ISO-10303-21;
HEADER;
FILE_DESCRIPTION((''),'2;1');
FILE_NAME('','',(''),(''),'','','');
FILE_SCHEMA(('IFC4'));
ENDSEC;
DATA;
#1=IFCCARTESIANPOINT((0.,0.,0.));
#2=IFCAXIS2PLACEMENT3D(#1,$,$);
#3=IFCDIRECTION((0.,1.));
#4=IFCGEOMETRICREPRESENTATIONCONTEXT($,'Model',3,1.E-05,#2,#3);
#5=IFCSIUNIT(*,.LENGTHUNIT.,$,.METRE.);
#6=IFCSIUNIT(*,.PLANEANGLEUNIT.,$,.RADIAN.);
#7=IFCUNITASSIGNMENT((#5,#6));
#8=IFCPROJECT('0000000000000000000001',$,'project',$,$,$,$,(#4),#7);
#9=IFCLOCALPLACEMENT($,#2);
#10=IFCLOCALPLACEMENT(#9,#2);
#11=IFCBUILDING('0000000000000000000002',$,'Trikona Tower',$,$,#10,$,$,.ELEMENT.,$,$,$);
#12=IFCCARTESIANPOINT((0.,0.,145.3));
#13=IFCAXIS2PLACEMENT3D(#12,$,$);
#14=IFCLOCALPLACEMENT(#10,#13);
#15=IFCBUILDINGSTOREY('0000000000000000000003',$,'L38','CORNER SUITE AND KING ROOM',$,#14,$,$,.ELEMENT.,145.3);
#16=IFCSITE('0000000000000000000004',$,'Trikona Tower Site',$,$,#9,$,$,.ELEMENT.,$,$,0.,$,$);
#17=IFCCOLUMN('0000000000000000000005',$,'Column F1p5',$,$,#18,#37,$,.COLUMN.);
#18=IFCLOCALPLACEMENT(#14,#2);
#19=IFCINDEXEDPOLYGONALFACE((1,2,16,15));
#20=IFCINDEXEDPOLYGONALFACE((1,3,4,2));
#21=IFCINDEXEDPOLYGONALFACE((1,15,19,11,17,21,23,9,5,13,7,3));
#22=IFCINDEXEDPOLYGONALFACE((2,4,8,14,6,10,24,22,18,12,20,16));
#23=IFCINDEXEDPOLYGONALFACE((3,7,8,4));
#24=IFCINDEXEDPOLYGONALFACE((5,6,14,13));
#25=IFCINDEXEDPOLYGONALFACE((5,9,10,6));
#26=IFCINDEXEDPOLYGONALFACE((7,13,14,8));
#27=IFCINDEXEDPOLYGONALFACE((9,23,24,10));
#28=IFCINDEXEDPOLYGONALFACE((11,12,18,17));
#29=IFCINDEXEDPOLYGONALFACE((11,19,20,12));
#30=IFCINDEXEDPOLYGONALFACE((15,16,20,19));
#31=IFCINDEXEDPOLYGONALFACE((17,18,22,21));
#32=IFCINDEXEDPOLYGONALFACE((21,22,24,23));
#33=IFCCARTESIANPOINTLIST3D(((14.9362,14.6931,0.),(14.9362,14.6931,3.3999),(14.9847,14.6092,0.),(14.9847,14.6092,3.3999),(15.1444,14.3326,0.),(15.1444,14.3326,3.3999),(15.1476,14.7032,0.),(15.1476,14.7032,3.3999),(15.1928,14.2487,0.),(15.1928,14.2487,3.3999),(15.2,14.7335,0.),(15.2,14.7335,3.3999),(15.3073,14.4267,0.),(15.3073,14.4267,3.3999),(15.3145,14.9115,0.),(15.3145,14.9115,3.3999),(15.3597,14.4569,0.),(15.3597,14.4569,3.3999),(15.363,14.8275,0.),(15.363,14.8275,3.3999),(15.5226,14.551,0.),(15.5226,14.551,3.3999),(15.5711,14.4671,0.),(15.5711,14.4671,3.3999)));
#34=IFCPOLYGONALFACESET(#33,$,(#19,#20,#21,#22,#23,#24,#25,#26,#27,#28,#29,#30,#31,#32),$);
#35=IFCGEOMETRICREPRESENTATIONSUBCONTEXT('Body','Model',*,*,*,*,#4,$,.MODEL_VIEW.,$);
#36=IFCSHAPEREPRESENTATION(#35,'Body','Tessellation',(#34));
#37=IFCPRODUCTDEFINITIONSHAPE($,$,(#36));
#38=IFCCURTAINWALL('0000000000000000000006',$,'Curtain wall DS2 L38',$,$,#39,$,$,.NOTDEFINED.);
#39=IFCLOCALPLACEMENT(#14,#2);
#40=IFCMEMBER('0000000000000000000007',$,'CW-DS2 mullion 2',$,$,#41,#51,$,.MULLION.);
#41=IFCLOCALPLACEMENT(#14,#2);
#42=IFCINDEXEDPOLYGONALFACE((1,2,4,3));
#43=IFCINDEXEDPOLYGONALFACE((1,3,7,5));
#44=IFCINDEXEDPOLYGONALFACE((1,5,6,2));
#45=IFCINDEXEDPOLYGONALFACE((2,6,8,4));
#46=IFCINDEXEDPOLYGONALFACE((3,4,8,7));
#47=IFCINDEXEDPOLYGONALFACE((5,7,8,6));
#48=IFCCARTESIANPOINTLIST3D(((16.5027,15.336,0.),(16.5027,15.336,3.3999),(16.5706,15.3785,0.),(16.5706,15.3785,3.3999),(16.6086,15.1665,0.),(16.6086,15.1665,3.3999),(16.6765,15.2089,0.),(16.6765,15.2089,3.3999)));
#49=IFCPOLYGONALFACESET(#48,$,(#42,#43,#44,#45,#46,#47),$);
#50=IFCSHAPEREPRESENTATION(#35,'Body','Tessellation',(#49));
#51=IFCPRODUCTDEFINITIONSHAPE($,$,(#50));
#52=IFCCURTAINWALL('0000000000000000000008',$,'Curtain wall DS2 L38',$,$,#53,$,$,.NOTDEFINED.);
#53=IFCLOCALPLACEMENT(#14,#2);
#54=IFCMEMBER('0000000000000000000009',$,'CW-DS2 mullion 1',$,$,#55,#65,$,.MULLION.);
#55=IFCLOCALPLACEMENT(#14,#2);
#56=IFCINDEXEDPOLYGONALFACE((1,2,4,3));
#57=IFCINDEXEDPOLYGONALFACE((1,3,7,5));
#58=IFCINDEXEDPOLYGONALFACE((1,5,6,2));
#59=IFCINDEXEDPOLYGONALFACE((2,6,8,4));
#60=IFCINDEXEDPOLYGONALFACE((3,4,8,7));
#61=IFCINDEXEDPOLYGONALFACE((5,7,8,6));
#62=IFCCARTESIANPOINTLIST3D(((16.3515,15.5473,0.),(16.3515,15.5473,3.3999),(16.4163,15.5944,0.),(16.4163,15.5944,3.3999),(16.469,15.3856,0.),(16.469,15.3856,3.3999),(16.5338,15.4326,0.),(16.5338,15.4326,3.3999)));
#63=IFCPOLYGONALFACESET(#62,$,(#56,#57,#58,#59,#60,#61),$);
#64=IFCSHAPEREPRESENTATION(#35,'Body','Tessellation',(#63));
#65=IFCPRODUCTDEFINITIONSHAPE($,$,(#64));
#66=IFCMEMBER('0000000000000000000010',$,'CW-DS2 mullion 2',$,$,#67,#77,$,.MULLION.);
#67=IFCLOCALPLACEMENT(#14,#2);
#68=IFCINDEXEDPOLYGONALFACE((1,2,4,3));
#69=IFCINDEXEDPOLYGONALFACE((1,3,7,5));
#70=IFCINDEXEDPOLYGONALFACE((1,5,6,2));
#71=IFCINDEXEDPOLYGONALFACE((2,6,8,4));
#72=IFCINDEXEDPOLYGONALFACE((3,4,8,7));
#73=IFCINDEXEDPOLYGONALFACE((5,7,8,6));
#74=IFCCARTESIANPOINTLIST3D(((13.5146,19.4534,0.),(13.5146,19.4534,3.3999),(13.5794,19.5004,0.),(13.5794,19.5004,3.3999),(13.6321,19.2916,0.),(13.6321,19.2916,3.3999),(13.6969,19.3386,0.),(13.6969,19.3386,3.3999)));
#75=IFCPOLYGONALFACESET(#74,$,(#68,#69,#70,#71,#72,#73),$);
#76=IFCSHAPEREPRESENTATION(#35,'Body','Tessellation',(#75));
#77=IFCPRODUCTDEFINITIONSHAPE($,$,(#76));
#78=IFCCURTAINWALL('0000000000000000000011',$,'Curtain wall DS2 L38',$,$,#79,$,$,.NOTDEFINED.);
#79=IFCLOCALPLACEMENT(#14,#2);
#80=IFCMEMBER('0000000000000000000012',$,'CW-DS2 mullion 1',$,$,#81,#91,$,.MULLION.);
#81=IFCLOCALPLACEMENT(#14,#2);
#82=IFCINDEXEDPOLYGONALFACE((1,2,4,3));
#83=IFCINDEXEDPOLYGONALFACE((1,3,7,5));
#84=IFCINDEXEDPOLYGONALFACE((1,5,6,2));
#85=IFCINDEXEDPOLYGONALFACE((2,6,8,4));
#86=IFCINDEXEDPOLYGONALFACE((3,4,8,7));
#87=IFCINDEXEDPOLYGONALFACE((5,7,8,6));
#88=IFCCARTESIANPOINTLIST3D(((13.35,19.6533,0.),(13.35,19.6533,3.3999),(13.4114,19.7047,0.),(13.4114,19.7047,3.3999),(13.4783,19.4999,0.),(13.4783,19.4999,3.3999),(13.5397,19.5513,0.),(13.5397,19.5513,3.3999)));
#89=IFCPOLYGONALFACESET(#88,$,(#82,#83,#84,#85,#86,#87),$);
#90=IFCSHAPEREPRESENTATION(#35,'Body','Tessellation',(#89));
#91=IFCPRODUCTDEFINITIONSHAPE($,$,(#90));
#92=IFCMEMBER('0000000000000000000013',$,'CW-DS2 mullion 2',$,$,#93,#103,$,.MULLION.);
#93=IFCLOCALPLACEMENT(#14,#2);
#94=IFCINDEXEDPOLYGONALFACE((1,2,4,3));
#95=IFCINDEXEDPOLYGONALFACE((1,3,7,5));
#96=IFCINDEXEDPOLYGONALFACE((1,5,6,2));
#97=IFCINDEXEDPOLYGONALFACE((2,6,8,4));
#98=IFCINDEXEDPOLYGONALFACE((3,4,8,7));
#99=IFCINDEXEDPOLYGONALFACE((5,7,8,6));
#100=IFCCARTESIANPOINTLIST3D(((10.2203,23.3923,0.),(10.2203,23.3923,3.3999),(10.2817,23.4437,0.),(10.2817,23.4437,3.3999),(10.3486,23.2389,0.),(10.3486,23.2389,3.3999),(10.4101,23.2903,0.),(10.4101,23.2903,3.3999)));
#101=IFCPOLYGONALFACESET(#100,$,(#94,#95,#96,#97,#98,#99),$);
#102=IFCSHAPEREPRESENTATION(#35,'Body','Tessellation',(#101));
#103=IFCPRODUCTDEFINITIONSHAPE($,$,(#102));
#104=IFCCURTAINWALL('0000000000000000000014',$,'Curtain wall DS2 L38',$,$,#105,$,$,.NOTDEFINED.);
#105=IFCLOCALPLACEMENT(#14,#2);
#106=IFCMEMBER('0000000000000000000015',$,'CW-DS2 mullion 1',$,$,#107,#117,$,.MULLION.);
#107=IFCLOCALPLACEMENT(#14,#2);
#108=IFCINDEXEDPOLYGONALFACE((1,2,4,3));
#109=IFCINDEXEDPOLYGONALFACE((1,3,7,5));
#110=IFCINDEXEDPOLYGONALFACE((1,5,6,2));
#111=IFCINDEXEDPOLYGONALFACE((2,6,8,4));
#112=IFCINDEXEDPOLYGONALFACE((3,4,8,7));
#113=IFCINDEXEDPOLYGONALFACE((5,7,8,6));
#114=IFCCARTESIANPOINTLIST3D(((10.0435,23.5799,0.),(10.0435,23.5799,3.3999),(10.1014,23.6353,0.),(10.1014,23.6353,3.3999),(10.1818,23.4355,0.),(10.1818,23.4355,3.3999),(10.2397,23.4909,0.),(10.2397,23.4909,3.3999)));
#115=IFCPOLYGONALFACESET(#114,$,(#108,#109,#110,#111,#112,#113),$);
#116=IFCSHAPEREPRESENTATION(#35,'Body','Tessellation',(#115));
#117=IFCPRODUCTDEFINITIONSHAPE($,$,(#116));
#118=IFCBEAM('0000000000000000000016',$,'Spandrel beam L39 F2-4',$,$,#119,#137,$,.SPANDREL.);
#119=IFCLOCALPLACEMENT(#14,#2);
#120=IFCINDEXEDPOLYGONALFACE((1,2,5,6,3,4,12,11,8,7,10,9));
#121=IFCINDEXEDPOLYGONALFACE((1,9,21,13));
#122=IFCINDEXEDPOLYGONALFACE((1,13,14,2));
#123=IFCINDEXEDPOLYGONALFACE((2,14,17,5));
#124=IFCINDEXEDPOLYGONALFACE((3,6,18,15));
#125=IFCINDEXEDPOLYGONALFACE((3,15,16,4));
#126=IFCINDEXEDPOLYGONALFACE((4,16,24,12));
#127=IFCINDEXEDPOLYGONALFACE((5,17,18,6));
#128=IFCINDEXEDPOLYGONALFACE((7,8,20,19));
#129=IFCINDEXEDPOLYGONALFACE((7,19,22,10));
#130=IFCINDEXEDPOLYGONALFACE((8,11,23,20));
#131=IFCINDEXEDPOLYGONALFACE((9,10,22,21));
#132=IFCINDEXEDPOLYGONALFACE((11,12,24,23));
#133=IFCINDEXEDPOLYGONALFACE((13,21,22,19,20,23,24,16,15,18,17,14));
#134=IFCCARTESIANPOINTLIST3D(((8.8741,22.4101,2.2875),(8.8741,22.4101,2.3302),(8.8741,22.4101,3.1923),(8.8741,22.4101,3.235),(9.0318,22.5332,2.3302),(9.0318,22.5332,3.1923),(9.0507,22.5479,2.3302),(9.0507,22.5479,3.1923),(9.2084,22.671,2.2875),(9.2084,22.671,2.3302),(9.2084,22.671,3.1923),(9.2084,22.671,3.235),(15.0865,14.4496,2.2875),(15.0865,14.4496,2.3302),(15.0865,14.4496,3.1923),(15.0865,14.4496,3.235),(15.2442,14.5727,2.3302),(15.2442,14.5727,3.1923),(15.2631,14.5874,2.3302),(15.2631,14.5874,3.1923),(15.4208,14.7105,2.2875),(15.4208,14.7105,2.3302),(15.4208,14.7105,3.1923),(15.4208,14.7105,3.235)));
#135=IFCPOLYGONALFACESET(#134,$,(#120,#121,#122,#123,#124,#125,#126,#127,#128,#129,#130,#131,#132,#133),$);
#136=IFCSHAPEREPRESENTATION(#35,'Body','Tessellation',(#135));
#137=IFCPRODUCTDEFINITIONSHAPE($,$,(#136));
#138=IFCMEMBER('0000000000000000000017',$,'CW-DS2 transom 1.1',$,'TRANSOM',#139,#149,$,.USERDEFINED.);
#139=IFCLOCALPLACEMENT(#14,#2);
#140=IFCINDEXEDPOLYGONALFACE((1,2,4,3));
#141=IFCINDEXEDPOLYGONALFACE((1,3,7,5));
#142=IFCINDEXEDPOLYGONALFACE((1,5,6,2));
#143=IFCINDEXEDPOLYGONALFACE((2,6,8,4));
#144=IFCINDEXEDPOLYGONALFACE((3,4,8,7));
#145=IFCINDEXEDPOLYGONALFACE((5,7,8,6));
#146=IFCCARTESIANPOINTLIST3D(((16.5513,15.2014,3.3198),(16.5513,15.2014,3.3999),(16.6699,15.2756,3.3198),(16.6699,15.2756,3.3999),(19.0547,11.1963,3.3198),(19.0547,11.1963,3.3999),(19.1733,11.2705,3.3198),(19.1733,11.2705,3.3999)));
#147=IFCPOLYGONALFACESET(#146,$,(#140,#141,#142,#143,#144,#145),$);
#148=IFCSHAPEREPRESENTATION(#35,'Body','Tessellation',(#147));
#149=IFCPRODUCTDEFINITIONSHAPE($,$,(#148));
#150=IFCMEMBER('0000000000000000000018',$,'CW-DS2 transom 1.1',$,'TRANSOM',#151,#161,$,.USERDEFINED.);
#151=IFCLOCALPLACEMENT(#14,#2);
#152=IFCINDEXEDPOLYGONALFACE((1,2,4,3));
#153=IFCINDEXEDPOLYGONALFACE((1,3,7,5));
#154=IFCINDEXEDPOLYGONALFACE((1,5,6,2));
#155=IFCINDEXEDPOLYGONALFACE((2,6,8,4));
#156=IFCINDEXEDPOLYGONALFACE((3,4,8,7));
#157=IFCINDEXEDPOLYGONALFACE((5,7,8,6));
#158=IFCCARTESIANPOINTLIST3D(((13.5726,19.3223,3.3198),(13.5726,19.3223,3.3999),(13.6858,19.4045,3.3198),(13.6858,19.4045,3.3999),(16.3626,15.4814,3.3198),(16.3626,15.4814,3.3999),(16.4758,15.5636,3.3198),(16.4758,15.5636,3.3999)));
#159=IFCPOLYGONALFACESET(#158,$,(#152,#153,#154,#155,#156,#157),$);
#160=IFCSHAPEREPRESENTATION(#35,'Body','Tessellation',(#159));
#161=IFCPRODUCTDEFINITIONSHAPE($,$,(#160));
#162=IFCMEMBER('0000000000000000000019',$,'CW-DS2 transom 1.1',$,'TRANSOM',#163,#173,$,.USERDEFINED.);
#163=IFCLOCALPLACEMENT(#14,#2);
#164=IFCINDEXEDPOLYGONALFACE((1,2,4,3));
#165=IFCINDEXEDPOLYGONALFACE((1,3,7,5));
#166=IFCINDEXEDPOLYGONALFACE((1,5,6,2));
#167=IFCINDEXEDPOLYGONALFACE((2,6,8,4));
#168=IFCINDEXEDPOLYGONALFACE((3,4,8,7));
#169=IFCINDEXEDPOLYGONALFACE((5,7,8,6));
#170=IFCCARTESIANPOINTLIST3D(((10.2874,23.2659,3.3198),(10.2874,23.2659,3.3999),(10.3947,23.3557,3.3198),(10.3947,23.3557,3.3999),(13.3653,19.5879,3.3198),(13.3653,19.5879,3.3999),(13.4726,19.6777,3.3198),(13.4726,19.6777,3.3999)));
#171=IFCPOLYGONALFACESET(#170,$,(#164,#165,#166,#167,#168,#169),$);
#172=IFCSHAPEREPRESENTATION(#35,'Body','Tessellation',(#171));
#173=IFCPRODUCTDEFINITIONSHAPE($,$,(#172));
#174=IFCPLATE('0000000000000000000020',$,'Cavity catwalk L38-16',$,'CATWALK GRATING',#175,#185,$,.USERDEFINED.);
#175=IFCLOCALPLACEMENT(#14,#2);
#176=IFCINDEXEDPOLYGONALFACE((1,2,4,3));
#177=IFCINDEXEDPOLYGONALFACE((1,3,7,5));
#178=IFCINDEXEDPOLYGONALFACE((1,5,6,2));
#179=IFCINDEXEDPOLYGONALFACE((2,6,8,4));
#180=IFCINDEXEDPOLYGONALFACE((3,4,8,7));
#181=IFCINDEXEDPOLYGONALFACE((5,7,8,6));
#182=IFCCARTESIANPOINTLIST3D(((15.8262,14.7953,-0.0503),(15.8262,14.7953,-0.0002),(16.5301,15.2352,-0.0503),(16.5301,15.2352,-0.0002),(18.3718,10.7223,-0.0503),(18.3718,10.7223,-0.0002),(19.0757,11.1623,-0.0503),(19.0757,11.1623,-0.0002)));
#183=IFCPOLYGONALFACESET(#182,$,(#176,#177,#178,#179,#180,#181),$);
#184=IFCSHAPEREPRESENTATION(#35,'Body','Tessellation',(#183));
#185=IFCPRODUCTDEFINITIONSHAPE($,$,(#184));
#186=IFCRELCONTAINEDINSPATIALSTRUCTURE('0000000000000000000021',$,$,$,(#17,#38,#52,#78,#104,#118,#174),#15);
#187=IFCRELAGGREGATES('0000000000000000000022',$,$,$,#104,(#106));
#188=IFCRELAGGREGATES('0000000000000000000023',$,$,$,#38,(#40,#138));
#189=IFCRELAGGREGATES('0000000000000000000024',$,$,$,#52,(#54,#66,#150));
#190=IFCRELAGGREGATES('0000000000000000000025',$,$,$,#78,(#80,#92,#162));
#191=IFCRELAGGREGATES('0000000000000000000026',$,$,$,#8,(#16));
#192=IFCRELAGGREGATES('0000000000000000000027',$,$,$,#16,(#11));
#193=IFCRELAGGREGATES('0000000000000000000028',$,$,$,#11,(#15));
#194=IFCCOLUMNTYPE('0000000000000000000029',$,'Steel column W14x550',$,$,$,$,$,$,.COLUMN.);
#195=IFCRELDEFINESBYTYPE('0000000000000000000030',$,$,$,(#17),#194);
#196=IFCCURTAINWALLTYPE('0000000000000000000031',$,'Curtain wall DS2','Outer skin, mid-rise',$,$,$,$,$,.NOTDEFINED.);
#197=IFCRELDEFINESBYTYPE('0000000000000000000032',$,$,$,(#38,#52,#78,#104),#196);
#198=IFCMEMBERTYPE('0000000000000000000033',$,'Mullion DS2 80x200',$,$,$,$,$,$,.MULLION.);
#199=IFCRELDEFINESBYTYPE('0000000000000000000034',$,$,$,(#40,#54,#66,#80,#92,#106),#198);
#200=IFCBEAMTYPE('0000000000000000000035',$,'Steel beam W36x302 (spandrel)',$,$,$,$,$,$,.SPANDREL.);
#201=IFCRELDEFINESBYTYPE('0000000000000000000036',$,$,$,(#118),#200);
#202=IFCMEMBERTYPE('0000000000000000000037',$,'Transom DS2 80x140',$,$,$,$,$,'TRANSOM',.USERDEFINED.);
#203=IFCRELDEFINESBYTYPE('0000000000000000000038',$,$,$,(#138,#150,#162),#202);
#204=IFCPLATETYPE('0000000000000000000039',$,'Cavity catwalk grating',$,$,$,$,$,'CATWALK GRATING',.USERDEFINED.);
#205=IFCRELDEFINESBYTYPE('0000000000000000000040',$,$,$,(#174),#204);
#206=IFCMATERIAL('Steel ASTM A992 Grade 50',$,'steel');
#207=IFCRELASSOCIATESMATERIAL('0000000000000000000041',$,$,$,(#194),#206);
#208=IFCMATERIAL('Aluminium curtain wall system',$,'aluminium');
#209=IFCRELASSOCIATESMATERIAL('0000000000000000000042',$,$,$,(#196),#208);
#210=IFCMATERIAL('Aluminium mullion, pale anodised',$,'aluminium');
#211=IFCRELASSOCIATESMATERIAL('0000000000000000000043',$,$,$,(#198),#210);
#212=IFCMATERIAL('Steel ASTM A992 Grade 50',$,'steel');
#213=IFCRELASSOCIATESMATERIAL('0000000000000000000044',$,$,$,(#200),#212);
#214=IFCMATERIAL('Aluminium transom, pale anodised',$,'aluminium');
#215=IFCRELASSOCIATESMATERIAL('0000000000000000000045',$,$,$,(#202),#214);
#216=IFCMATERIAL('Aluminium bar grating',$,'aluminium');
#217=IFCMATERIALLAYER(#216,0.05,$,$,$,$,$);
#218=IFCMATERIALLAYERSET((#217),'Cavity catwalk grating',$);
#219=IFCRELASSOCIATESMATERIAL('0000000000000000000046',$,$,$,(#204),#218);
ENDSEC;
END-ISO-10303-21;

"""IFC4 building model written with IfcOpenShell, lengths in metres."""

from ifc_helpers import new_model, si_unit, direction, frame, origin, origin_2d, place, context, subcontext, project, spatial, rectangle, i_section, extrude, material, layer, layer_set, material_profile, profile_set, type_object, element, aggregate, save


model = new_model("IFC4")

# Units and contexts
model_context = context("Model", 3, precision=1e-05, world=origin(), true_north=direction((0.0, 1.0)))
body_context = subcontext(model_context, "Body", "Model", "MODEL_VIEW")
ifc_project = project(units=[si_unit("LENGTHUNIT", "METRE"), si_unit("PLANEANGLEUNIT", "RADIAN")], contexts=[model_context])

# Site, building, storey
site_placement = place(None, origin())
site = spatial("IfcSite", under=ifc_project, at=site_placement, Name="Trikona Tower Site", CompositionType="ELEMENT", RefElevation=0.0)
building_placement = place(site_placement, origin())
building = spatial("IfcBuilding", under=site, at=building_placement, Name="Trikona Tower", CompositionType="ELEMENT")
storey_placement = place(building_placement, frame((0.0, 0.0, 145.3)))
storey = spatial("IfcBuildingStorey", under=building, at=storey_placement, Name="L38", Description="CORNER SUITE AND KING ROOM", CompositionType="ELEMENT", Elevation=145.3)

# Column
ifc_material_1 = material(Name="Steel ASTM A992 Grade 50", Category="steel")
ifc_material_profile_1 = material_profile(ifc_material_1, i_section(OverallWidth=0.4368, OverallDepth=0.5132, WebThickness=0.0605, FlangeThickness=0.0969, at=origin_2d()), Name="W14X550")
ifc_profile_set_1 = profile_set([ifc_material_profile_1], Name="Steel ASTM A992 Grade 50")
column_type = type_object("IfcColumnType", Name="Steel column W14x550", PredefinedType="COLUMN", material=ifc_profile_set_1)
column_placement = place(storey_placement, frame((15.2537, 14.5801, 0.0), z_axis=(0.0, 0.0, 1.0), x_axis=(0.866025, 0.5, 0.0)))
element("IfcColumn", 1, at=column_placement, inside=storey, type_object=column_type, Name="Column F1p5", PredefinedType="COLUMN", context=body_context, shape_type="SweptSolid", body=[
    extrude(i_section(OverallWidth=0.4368, OverallDepth=0.5132, WebThickness=0.0605, FlangeThickness=0.0969, at=origin_2d()), origin(), (0.0, 0.0, 1.0), 3.3999),
])

# Curtain wall, member
ifc_material_2 = material(Name="Aluminium curtain wall system", Category="aluminium")
curtain_wall_type = type_object("IfcCurtainWallType", Name="Curtain wall DS2", Description="Outer skin, mid-rise", PredefinedType="NOTDEFINED", material=ifc_material_2)
curtain_wall_1_placement = place(storey_placement, origin())
curtain_wall_1 = element("IfcCurtainWall", 2, at=curtain_wall_1_placement, inside=storey, type_object=curtain_wall_type, Name="Curtain wall DS2 L38", PredefinedType="NOTDEFINED")
ifc_material_3 = material(Name="Aluminium mullion, pale anodised", Category="aluminium")
ifc_material_profile_2 = material_profile(ifc_material_3, rectangle(XDim=0.0801, YDim=0.2, at=origin_2d()), Name="MUL-DS2")
ifc_profile_set_2 = profile_set([ifc_material_profile_2], Name="Aluminium mullion, pale anodised")
member_type_1 = type_object("IfcMemberType", Name="Mullion DS2 80x200", PredefinedType="MULLION", material=ifc_profile_set_2)
member_1_placement = place(storey_placement, frame((16.5896, 15.2725, 0.0), z_axis=(0.0, 0.0, 1.0), x_axis=(-0.847998, -0.529999, 0.0)))
member_1 = element("IfcMember", 3, at=member_1_placement, type_object=member_type_1, Name="CW-DS2 mullion 2", PredefinedType="MULLION", context=body_context, shape_type="SweptSolid", body=[
    extrude(rectangle(XDim=0.0801, YDim=0.2, at=origin_2d()), origin(), (0.0, 0.0, 1.0), 3.3999),
])

# Curtain walls, members
curtain_wall_2_placement = place(storey_placement, origin())
curtain_wall_2 = element("IfcCurtainWall", 4, at=curtain_wall_2_placement, inside=storey, type_object=curtain_wall_type, Name="Curtain wall DS2 L38", PredefinedType="NOTDEFINED")
member_2_placement = place(storey_placement, frame((16.4426, 15.49, 0.0), z_axis=(0.0, 0.0, 1.0), x_axis=(-0.809086, -0.587691, 0.0)))
member_2 = element("IfcMember", 5, at=member_2_placement, type_object=member_type_1, Name="CW-DS2 mullion 1", PredefinedType="MULLION", context=body_context, shape_type="SweptSolid", body=[
    extrude(rectangle(XDim=0.0801, YDim=0.2, at=origin_2d()), origin(), (0.0, 0.0, 1.0), 3.3999),
])
member_3_placement = place(storey_placement, frame((13.6057, 19.396, 0.0), z_axis=(0.0, 0.0, 1.0), x_axis=(-0.809086, -0.587691, 0.0)))
member_3 = element("IfcMember", 6, at=member_3_placement, type_object=member_type_1, Name="CW-DS2 mullion 2", PredefinedType="MULLION", context=body_context, shape_type="SweptSolid", body=[
    extrude(rectangle(XDim=0.0801, YDim=0.2, at=origin_2d()), origin(), (0.0, 0.0, 1.0), 3.3999),
])
curtain_wall_3_placement = place(storey_placement, origin())
curtain_wall_3 = element("IfcCurtainWall", 7, at=curtain_wall_3_placement, inside=storey, type_object=curtain_wall_type, Name="Curtain wall DS2 L38", PredefinedType="NOTDEFINED")
member_4_placement = place(storey_placement, frame((13.4448, 19.6023, 0.0), z_axis=(0.0, 0.0, 1.0), x_axis=(-0.766867, -0.641806, 0.0)))
member_4 = element("IfcMember", 8, at=member_4_placement, type_object=member_type_1, Name="CW-DS2 mullion 1", PredefinedType="MULLION", context=body_context, shape_type="SweptSolid", body=[
    extrude(rectangle(XDim=0.0801, YDim=0.2, at=origin_2d()), origin(), (0.0, 0.0, 1.0), 3.3999),
])
member_5_placement = place(storey_placement, frame((10.3152, 23.3413, 0.0), z_axis=(0.0, 0.0, 1.0), x_axis=(-0.766867, -0.641806, 0.0)))
member_5 = element("IfcMember", 9, at=member_5_placement, type_object=member_type_1, Name="CW-DS2 mullion 2", PredefinedType="MULLION", context=body_context, shape_type="SweptSolid", body=[
    extrude(rectangle(XDim=0.0801, YDim=0.2, at=origin_2d()), origin(), (0.0, 0.0, 1.0), 3.3999),
])

# Curtain wall, member
curtain_wall_4_placement = place(storey_placement, origin())
curtain_wall_4 = element("IfcCurtainWall", 10, at=curtain_wall_4_placement, inside=storey, type_object=curtain_wall_type, Name="Curtain wall DS2 L38", PredefinedType="NOTDEFINED")
member_6_placement = place(storey_placement, frame((10.1416, 23.5354, 0.0), z_axis=(0.0, 0.0, 1.0), x_axis=(-0.722158, -0.691728, 0.0)))
member_6 = element("IfcMember", 11, at=member_6_placement, type_object=member_type_1, Name="CW-DS2 mullion 1", PredefinedType="MULLION", context=body_context, shape_type="SweptSolid", body=[
    extrude(rectangle(XDim=0.0801, YDim=0.2, at=origin_2d()), origin(), (0.0, 0.0, 1.0), 3.3999),
])
aggregate(curtain_wall_4, [member_6])

# Beam
ifc_material_4 = material(Name="Steel ASTM A992 Grade 50", Category="steel")
ifc_material_profile_3 = material_profile(ifc_material_4, i_section(OverallWidth=0.4241, OverallDepth=0.9475, WebThickness=0.0239, FlangeThickness=0.0427, at=origin_2d()), Name="W36X302")
ifc_profile_set_3 = profile_set([ifc_material_profile_3], Name="Steel ASTM A992 Grade 50")
beam_type = type_object("IfcBeamType", Name="Steel beam W36x302 (spandrel)", PredefinedType="SPANDREL", material=ifc_profile_set_3)
beam_placement = place(storey_placement, frame((15.2537, 14.5801, 2.7612), z_axis=(-0.615232, 0.788346, 0.0), x_axis=(-0.788346, -0.615232, 0.0)))
element("IfcBeam", 12, at=beam_placement, inside=storey, type_object=beam_type, Name="Spandrel beam L39 F2-4", PredefinedType="SPANDREL", context=body_context, shape_type="SweptSolid", body=[
    extrude(i_section(OverallWidth=0.4241, OverallDepth=0.9475, WebThickness=0.0239, FlangeThickness=0.0427, at=origin_2d()), origin(), (0.0, 0.0, 1.0), 10.0977),
])

# Members
ifc_material_5 = material(Name="Aluminium transom, pale anodised", Category="aluminium")
ifc_material_profile_4 = material_profile(ifc_material_5, rectangle(XDim=0.1399, YDim=0.0801, at=origin_2d()), Name="TRN-DS2")
ifc_profile_set_4 = profile_set([ifc_material_profile_4], Name="Aluminium transom, pale anodised")
member_type_2 = type_object("IfcMemberType", Name="Transom DS2 80x140", ElementType="TRANSOM", PredefinedType="USERDEFINED", material=ifc_profile_set_4)
member_7_placement = place(storey_placement, frame((19.114, 11.2334, 3.3599), z_axis=(-0.530031, 0.847978, 0.0), x_axis=(-0.847978, -0.530031, 0.0)))
member_7 = element("IfcMember", 13, at=member_7_placement, type_object=member_type_2, Name="CW-DS2 transom 1.1", ObjectType="TRANSOM", PredefinedType="USERDEFINED", context=body_context, shape_type="SweptSolid", body=[
    extrude(rectangle(XDim=0.1399, YDim=0.0801, at=origin_2d()), origin(), (0.0, 0.0, 1.0), 4.7231),
])
member_8_placement = place(storey_placement, frame((16.4192, 15.5225, 3.3599), z_axis=(-0.587695, 0.809083, 0.0), x_axis=(-0.809083, -0.587695, 0.0)))
member_8 = element("IfcMember", 14, at=member_8_placement, type_object=member_type_2, Name="CW-DS2 transom 1.1", ObjectType="TRANSOM", PredefinedType="USERDEFINED", context=body_context, shape_type="SweptSolid", body=[
    extrude(rectangle(XDim=0.1399, YDim=0.0801, at=origin_2d()), origin(), (0.0, 0.0, 1.0), 4.7473),
])
member_9_placement = place(storey_placement, frame((13.4189, 19.6328, 3.3599), z_axis=(-0.64177, 0.766897, 0.0), x_axis=(-0.766897, -0.64177, 0.0)))
member_9 = element("IfcMember", 15, at=member_9_placement, type_object=member_type_2, Name="CW-DS2 transom 1.1", ObjectType="TRANSOM", PredefinedType="USERDEFINED", context=body_context, shape_type="SweptSolid", body=[
    extrude(rectangle(XDim=0.1399, YDim=0.0801, at=origin_2d()), origin(), (0.0, 0.0, 1.0), 4.7959),
])

# Plate
ifc_material_6 = material(Name="Aluminium bar grating", Category="aluminium")
ifc_layer_1 = layer(ifc_material_6, 0.05)
ifc_layer_set_1 = layer_set([ifc_layer_1], Name="Cavity catwalk grating")
plate_type_1 = type_object("IfcPlateType", Name="Cavity catwalk grating", ElementType="CATWALK GRATING", PredefinedType="USERDEFINED", material=ifc_layer_set_1)
plate_1_placement = place(storey_placement, frame((17.4509, 12.9788, -0.0503), z_axis=(0.0, 0.0, 1.0), x_axis=(-0.529995, 0.848001, 0.0)))
element("IfcPlate", 16, at=plate_1_placement, inside=storey, type_object=plate_type_1, Name="Cavity catwalk L38-16", ObjectType="CATWALK GRATING", PredefinedType="USERDEFINED", context=body_context, shape_type="SweptSolid", body=[
    extrude(rectangle(XDim=4.803, YDim=0.8301, at=origin_2d()), origin(), (0.0, 0.0, 1.0), 0.05),
])

aggregate(curtain_wall_1, [member_1, member_7])
aggregate(curtain_wall_2, [member_2, member_3, member_8])
aggregate(curtain_wall_3, [member_4, member_5, member_9])

save(model, "model.ifc")
